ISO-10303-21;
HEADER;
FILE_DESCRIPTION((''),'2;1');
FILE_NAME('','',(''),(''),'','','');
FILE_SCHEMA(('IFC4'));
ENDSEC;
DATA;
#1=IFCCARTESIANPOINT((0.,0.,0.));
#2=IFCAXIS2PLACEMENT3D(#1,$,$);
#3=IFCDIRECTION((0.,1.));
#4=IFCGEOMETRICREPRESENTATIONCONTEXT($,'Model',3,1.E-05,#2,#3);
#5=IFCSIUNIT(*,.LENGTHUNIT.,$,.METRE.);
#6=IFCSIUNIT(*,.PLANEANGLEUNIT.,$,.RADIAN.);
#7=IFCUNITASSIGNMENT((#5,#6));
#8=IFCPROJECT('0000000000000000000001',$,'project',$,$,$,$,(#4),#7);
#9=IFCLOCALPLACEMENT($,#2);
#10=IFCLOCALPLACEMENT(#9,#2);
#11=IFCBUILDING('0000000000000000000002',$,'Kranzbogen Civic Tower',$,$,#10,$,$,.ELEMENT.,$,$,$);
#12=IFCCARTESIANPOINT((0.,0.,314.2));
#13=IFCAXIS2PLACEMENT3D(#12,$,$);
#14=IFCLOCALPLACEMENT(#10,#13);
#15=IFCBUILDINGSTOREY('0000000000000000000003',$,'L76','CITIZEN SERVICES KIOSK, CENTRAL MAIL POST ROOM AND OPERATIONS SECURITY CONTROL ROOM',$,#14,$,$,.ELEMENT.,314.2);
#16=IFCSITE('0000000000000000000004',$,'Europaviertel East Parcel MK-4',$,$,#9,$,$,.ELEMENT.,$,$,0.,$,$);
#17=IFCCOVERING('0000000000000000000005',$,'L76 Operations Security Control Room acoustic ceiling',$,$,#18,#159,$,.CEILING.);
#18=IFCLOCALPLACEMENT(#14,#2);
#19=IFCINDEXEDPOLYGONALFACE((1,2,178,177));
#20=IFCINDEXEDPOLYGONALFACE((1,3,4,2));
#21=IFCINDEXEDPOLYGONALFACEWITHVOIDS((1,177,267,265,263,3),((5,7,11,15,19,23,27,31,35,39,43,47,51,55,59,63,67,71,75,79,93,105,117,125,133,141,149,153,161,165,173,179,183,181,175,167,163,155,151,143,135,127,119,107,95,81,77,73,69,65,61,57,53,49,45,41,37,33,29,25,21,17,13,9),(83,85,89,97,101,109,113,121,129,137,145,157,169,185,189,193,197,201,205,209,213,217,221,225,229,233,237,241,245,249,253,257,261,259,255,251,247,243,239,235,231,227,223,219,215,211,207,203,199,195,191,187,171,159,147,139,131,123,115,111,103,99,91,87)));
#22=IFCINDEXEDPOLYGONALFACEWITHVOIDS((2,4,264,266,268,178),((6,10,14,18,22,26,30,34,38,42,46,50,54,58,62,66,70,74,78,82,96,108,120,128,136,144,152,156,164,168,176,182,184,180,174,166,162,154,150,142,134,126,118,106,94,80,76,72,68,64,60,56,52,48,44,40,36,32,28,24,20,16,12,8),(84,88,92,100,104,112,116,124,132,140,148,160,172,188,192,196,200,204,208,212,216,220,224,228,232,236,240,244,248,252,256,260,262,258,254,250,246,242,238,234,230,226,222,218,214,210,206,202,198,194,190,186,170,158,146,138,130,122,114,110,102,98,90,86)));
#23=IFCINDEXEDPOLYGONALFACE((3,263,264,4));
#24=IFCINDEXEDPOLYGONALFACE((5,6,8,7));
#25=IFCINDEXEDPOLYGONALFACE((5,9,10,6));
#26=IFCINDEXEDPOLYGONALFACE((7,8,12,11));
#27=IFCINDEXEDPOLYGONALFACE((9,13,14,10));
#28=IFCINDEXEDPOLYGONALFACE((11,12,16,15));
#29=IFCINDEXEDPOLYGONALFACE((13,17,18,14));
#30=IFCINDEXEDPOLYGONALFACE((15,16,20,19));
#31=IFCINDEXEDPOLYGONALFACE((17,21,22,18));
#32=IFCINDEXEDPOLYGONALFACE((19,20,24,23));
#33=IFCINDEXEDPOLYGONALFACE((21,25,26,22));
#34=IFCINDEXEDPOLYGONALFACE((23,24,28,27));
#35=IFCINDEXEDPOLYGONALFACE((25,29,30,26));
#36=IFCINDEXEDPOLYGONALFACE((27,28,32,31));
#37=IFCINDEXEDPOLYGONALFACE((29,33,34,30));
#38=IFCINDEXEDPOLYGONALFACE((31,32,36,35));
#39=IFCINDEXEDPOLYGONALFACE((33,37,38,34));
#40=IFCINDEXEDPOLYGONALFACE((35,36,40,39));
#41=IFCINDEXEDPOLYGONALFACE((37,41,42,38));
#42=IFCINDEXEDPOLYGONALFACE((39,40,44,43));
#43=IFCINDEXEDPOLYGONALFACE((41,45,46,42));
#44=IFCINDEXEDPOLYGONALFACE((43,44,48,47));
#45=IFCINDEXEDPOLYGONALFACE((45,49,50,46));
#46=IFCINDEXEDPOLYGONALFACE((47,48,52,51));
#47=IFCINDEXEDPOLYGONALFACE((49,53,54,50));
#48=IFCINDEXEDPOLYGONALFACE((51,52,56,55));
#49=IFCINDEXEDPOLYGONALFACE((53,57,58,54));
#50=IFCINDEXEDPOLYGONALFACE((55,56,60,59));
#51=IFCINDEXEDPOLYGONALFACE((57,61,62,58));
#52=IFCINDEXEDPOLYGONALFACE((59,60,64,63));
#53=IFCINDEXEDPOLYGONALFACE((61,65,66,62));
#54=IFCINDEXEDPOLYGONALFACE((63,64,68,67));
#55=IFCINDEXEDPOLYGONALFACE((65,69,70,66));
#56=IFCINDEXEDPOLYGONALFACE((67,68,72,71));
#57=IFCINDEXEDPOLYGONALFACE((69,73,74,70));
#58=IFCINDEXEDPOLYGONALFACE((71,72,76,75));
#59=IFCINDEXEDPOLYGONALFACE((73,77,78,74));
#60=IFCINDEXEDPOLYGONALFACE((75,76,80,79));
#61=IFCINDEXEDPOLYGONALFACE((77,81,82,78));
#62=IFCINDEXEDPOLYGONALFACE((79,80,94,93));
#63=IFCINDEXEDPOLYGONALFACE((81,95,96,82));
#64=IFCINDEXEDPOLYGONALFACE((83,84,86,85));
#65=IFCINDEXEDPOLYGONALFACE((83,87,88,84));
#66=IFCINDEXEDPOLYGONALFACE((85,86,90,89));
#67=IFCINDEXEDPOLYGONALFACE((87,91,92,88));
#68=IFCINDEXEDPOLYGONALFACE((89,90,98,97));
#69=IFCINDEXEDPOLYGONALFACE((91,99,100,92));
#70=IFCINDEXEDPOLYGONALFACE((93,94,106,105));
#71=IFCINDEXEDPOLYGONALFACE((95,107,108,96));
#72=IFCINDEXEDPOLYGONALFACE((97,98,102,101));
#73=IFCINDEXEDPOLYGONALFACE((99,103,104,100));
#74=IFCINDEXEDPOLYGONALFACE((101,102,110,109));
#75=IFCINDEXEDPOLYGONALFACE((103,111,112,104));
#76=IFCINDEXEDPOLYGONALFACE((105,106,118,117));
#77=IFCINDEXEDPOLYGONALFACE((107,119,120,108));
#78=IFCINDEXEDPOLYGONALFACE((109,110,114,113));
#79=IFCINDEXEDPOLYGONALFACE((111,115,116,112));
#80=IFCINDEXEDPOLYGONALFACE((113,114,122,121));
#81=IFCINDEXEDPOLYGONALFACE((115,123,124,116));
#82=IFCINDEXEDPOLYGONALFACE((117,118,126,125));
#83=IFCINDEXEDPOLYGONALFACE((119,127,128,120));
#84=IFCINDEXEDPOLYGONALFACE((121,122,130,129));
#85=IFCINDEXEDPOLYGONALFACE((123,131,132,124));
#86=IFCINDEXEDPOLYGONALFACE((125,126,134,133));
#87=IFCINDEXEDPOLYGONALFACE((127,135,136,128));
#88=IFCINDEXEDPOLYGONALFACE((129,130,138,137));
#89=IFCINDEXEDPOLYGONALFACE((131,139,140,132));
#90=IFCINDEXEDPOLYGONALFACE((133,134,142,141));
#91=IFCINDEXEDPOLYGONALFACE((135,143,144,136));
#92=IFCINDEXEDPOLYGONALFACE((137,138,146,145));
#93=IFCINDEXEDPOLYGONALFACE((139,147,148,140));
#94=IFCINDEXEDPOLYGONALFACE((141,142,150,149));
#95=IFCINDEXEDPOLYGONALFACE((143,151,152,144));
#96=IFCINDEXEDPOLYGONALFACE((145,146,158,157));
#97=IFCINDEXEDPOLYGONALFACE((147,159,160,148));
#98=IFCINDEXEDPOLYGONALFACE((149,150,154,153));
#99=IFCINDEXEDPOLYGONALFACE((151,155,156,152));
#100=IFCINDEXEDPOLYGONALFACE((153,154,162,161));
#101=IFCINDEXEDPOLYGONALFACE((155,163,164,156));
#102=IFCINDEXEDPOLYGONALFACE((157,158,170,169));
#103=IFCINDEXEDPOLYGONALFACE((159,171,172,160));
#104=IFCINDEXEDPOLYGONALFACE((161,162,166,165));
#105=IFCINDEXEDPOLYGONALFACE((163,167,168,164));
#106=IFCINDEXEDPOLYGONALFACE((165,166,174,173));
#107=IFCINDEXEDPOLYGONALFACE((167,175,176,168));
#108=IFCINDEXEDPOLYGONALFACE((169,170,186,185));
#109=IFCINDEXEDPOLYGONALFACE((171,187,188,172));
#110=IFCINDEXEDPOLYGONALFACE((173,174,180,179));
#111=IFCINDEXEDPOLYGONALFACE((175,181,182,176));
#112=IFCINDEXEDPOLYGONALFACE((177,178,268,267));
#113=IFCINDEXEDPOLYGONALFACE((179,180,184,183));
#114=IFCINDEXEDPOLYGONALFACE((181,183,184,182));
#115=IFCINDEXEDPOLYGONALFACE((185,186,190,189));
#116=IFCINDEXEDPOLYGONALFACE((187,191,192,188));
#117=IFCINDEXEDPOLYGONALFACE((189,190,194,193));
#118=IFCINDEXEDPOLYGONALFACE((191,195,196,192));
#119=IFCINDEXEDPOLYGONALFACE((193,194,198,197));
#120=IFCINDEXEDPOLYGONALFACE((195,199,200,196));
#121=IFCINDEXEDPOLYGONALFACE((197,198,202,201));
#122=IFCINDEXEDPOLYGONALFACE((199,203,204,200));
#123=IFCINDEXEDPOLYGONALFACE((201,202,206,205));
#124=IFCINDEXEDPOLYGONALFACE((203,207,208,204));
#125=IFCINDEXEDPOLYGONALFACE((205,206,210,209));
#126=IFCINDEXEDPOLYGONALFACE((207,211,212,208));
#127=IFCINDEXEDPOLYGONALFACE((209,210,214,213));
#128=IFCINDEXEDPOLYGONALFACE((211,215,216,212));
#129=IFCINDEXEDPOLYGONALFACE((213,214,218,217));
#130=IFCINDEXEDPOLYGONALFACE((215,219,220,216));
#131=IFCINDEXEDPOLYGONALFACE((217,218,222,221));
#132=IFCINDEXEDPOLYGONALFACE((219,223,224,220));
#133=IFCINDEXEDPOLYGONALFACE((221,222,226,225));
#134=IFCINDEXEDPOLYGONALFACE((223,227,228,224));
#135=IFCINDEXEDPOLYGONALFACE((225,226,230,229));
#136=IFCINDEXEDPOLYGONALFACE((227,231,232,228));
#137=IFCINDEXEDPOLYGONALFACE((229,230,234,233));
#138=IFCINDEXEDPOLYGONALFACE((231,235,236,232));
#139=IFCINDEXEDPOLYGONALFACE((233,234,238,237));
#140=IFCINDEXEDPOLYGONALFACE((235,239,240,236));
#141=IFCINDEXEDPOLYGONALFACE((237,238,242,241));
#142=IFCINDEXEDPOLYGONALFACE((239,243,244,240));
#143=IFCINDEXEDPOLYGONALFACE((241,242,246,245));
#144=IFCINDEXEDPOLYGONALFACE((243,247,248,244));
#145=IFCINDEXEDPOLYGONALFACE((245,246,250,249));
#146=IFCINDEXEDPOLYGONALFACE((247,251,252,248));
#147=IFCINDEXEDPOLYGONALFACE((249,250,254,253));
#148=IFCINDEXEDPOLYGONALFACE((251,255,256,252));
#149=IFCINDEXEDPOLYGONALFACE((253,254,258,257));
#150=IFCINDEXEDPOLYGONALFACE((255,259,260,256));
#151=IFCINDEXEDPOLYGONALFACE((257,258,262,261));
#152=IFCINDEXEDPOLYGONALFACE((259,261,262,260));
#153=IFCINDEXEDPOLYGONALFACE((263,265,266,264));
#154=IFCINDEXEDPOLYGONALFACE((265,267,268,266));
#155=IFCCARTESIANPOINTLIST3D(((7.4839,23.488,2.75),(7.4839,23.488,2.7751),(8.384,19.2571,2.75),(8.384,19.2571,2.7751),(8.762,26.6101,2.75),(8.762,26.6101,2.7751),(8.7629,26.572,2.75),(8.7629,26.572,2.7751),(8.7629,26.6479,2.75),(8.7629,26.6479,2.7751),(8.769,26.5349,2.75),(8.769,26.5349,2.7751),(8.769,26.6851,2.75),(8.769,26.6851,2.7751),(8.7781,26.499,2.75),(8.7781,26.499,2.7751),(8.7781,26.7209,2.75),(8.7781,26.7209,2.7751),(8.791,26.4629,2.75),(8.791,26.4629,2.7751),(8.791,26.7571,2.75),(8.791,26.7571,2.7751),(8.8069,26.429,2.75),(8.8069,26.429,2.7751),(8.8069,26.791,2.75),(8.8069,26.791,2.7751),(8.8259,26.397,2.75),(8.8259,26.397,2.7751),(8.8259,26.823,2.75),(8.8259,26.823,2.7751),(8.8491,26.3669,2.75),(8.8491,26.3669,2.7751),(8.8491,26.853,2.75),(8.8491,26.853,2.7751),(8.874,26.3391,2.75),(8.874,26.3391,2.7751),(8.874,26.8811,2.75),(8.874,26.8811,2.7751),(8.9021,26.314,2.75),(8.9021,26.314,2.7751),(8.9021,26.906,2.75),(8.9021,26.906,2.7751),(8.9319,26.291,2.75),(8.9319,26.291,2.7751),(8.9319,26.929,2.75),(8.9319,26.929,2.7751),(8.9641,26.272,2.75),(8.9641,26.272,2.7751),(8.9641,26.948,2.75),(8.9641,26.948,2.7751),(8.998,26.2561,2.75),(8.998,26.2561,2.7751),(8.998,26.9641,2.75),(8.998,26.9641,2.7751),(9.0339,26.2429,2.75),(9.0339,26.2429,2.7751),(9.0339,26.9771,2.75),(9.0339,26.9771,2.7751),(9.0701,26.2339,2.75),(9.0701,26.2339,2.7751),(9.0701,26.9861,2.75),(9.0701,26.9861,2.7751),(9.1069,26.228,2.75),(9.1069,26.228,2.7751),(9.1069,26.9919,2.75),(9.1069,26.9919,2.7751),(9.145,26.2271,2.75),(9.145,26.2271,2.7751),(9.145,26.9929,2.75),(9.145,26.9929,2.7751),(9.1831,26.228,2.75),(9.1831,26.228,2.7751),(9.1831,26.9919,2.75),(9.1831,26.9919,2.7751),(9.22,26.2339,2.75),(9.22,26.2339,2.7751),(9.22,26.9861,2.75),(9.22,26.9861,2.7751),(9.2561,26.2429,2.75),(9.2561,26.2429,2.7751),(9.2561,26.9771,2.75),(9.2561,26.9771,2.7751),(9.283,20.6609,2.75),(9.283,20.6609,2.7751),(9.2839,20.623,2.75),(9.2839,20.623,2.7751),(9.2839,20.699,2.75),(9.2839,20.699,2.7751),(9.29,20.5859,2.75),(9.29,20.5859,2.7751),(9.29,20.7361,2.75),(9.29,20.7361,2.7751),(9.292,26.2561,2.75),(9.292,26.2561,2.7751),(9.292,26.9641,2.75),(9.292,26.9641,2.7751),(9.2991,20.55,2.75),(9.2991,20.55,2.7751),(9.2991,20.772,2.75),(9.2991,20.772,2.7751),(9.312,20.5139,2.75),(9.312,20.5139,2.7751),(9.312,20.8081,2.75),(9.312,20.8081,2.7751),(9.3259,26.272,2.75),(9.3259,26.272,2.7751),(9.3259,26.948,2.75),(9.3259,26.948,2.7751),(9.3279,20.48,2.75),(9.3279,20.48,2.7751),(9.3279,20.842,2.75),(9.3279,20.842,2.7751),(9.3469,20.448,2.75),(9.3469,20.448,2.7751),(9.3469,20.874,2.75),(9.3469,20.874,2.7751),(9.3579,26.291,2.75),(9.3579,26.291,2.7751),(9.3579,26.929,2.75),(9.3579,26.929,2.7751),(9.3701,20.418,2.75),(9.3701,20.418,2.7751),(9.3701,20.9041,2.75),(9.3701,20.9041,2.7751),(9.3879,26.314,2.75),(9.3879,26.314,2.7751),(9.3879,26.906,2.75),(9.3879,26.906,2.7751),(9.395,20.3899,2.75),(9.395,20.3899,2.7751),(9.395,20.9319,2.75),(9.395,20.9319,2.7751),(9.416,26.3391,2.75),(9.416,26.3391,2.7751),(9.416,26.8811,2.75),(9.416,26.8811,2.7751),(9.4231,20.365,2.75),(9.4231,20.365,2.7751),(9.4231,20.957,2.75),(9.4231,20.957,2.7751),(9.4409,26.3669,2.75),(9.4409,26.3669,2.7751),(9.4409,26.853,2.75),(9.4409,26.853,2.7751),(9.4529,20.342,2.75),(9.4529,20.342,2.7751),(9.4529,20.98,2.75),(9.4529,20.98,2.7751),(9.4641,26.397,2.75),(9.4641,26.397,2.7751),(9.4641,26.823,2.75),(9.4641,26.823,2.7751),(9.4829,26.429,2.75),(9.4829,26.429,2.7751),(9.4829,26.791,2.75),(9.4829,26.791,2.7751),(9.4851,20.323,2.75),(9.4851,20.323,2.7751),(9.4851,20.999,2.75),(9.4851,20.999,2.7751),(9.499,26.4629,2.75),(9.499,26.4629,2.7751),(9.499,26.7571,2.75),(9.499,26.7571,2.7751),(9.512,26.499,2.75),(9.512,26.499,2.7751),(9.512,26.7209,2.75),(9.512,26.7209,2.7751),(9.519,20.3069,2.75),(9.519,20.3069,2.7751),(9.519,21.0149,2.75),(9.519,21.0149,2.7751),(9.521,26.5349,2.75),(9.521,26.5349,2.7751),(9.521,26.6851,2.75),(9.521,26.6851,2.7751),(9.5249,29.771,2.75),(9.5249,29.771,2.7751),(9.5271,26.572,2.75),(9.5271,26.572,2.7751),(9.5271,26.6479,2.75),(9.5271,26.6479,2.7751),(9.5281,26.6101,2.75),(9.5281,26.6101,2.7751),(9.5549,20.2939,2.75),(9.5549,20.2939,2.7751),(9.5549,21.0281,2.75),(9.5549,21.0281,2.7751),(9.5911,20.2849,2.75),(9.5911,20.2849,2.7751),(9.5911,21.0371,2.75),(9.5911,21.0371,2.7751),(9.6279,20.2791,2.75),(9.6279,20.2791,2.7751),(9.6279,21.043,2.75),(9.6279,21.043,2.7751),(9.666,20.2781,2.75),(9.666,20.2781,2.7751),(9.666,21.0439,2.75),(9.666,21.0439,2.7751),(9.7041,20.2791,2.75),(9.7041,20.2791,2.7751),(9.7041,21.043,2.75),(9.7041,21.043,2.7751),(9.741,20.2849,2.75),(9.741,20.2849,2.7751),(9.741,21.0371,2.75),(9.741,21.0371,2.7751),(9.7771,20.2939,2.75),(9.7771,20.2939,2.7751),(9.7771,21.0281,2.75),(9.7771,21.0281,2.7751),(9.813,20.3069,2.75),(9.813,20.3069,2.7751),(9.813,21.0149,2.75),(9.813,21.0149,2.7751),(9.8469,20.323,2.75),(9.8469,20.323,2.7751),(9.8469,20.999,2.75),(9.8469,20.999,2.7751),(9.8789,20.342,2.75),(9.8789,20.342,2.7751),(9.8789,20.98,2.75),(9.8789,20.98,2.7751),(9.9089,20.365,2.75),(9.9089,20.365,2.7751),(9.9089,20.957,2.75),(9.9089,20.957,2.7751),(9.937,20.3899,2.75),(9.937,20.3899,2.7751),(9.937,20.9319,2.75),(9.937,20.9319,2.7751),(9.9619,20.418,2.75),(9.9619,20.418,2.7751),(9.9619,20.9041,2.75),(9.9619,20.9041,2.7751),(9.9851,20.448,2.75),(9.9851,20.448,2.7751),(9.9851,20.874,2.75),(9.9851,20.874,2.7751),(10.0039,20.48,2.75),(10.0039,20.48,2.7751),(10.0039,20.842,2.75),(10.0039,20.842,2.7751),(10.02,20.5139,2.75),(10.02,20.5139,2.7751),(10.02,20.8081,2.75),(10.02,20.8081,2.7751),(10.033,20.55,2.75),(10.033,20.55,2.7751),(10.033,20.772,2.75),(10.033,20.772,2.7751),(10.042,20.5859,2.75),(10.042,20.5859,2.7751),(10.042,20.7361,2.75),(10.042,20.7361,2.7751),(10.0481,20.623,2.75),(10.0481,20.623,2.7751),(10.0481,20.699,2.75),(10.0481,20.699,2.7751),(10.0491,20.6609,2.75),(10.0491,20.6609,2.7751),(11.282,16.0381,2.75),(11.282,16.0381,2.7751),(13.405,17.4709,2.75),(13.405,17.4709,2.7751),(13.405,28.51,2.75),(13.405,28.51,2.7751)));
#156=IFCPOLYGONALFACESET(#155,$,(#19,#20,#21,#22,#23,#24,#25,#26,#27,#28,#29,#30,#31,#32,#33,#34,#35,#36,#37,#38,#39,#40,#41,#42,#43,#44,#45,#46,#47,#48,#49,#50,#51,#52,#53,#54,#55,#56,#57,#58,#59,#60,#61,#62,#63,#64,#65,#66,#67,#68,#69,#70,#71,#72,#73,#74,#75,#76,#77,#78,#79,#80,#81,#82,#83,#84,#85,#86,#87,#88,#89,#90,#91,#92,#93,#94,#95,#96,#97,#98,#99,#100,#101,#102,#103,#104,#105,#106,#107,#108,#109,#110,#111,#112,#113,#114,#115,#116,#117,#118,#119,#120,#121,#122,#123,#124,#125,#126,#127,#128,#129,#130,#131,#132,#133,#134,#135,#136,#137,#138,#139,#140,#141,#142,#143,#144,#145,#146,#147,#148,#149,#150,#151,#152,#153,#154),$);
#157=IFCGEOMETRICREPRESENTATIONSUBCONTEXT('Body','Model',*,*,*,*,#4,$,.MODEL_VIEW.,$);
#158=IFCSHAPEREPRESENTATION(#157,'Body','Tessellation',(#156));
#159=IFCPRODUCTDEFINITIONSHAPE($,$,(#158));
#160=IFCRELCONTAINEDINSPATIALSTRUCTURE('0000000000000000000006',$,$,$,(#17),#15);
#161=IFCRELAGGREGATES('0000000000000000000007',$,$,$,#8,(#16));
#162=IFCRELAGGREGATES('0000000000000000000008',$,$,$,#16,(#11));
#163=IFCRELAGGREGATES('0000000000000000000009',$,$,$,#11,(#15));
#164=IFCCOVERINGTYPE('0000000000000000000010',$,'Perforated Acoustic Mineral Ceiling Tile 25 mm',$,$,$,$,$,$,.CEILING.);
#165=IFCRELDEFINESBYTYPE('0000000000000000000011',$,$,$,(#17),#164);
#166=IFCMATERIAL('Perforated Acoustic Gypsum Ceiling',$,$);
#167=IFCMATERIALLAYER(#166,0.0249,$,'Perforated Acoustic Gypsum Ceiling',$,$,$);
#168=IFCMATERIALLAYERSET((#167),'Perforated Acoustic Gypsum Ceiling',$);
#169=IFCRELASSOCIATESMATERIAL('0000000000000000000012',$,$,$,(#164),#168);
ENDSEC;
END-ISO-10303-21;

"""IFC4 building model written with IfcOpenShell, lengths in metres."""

from ifc_helpers import new_model, si_unit, direction, frame, origin, place, context, subcontext, project, spatial, polyline, outline, extrude, material, layer, layer_set, type_object, element, save


model = new_model("IFC4")

# Units and contexts
model_context = context("Model", 3, precision=1e-05, world=origin(), true_north=direction((0.0, 1.0)))
body_context = subcontext(model_context, "Body", "Model", "MODEL_VIEW")
ifc_project = project(units=[si_unit("LENGTHUNIT", "METRE"), si_unit("PLANEANGLEUNIT", "RADIAN")], contexts=[model_context])

# Site, building, storey
site_placement = place(None, origin())
site = spatial("IfcSite", under=ifc_project, at=site_placement, Name="Europaviertel East Parcel MK-4", CompositionType="ELEMENT", RefElevation=0.0)
building_placement = place(site_placement, origin())
building = spatial("IfcBuilding", under=site, at=building_placement, Name="Kranzbogen Civic Tower", CompositionType="ELEMENT")
storey_placement = place(building_placement, frame((0.0, 0.0, 314.2)))
storey = spatial("IfcBuildingStorey", under=building, at=storey_placement, Name="L76", Description="CITIZEN SERVICES KIOSK, CENTRAL MAIL POST ROOM AND OPERATIONS SECURITY CONTROL ROOM", CompositionType="ELEMENT", Elevation=314.2)

# Covering
ifc_material_1 = material(Name="Perforated Acoustic Gypsum Ceiling")
ifc_layer_1 = layer(ifc_material_1, 0.0249, Name="Perforated Acoustic Gypsum Ceiling")
ifc_layer_set_1 = layer_set([ifc_layer_1], Name="Perforated Acoustic Gypsum Ceiling")
covering_type_1 = type_object("IfcCoveringType", Name="Perforated Acoustic Mineral Ceiling Tile 25 mm", PredefinedType="CEILING", material=ifc_layer_set_1)
covering_1_placement = place(storey_placement, frame((0.0, 0.0, 2.75)))
element("IfcCovering", 1, at=covering_1_placement, inside=storey, type_object=covering_type_1, Name="L76 Operations Security Control Room acoustic ceiling", PredefinedType="CEILING", context=body_context, shape_type="SweptSolid", body=[
    extrude(outline(polyline([(7.4839, 23.488), (9.5249, 29.771), (13.405, 28.51), (13.405, 17.4709), (11.282, 16.0381), (8.384, 19.2571), (7.4839, 23.488)]), holes=[polyline([(10.02, 20.5139), (10.0039, 20.48), (9.9851, 20.448), (9.9619, 20.418), (9.937, 20.3899), (9.9089, 20.365), (9.8789, 20.342), (9.8469, 20.323), (9.813, 20.3069), (9.7771, 20.2939), (9.741, 20.2849), (9.7041, 20.2791), (9.666, 20.2781), (9.6279, 20.2791), (9.5911, 20.2849), (9.5549, 20.2939), (9.519, 20.3069), (9.4851, 20.323), (9.4529, 20.342), (9.4231, 20.365), (9.395, 20.3899), (9.3701, 20.418), (9.3469, 20.448), (9.3279, 20.48), (9.312, 20.5139), (9.2991, 20.55), (9.29, 20.5859), (9.2839, 20.623), (9.283, 20.6609), (9.2839, 20.699), (9.29, 20.7361), (9.2991, 20.772), (9.312, 20.8081), (9.3279, 20.842), (9.3469, 20.874), (9.3701, 20.9041), (9.395, 20.9319), (9.4231, 20.957), (9.4529, 20.98), (9.4851, 20.999), (9.519, 21.0149), (9.5549, 21.0281), (9.5911, 21.0371), (9.6279, 21.043), (9.666, 21.0439), (9.7041, 21.043), (9.741, 21.0371), (9.7771, 21.0281), (9.813, 21.0149), (9.8469, 20.999), (9.8789, 20.98), (9.9089, 20.957), (9.937, 20.9319), (9.9619, 20.9041), (9.9851, 20.874), (10.0039, 20.842), (10.02, 20.8081), (10.033, 20.772), (10.042, 20.7361), (10.0481, 20.699), (10.0491, 20.6609), (10.0481, 20.623), (10.042, 20.5859), (10.033, 20.55), (10.02, 20.5139)]), polyline([(9.499, 26.4629), (9.4829, 26.429), (9.4641, 26.397), (9.4409, 26.3669), (9.416, 26.3391), (9.3879, 26.314), (9.3579, 26.291), (9.3259, 26.272), (9.292, 26.2561), (9.2561, 26.2429), (9.22, 26.2339), (9.1831, 26.228), (9.145, 26.2271), (9.1069, 26.228), (9.0701, 26.2339), (9.0339, 26.2429), (8.998, 26.2561), (8.9641, 26.272), (8.9319, 26.291), (8.9021, 26.314), (8.874, 26.3391), (8.8491, 26.3669), (8.8259, 26.397), (8.8069, 26.429), (8.791, 26.4629), (8.7781, 26.499), (8.769, 26.5349), (8.7629, 26.572), (8.762, 26.6101), (8.7629, 26.6479), (8.769, 26.6851), (8.7781, 26.7209), (8.791, 26.7571), (8.8069, 26.791), (8.8259, 26.823), (8.8491, 26.853), (8.874, 26.8811), (8.9021, 26.906), (8.9319, 26.929), (8.9641, 26.948), (8.998, 26.9641), (9.0339, 26.9771), (9.0701, 26.9861), (9.1069, 26.9919), (9.145, 26.9929), (9.1831, 26.9919), (9.22, 26.9861), (9.2561, 26.9771), (9.292, 26.9641), (9.3259, 26.948), (9.3579, 26.929), (9.3879, 26.906), (9.416, 26.8811), (9.4409, 26.853), (9.4641, 26.823), (9.4829, 26.791), (9.499, 26.7571), (9.512, 26.7209), (9.521, 26.6851), (9.5271, 26.6479), (9.5281, 26.6101), (9.5271, 26.572), (9.521, 26.5349), (9.512, 26.499), (9.499, 26.4629)])]), origin(), (0.0, 0.0, 1.0), 0.0251),
])

save(model, "model.ifc")
